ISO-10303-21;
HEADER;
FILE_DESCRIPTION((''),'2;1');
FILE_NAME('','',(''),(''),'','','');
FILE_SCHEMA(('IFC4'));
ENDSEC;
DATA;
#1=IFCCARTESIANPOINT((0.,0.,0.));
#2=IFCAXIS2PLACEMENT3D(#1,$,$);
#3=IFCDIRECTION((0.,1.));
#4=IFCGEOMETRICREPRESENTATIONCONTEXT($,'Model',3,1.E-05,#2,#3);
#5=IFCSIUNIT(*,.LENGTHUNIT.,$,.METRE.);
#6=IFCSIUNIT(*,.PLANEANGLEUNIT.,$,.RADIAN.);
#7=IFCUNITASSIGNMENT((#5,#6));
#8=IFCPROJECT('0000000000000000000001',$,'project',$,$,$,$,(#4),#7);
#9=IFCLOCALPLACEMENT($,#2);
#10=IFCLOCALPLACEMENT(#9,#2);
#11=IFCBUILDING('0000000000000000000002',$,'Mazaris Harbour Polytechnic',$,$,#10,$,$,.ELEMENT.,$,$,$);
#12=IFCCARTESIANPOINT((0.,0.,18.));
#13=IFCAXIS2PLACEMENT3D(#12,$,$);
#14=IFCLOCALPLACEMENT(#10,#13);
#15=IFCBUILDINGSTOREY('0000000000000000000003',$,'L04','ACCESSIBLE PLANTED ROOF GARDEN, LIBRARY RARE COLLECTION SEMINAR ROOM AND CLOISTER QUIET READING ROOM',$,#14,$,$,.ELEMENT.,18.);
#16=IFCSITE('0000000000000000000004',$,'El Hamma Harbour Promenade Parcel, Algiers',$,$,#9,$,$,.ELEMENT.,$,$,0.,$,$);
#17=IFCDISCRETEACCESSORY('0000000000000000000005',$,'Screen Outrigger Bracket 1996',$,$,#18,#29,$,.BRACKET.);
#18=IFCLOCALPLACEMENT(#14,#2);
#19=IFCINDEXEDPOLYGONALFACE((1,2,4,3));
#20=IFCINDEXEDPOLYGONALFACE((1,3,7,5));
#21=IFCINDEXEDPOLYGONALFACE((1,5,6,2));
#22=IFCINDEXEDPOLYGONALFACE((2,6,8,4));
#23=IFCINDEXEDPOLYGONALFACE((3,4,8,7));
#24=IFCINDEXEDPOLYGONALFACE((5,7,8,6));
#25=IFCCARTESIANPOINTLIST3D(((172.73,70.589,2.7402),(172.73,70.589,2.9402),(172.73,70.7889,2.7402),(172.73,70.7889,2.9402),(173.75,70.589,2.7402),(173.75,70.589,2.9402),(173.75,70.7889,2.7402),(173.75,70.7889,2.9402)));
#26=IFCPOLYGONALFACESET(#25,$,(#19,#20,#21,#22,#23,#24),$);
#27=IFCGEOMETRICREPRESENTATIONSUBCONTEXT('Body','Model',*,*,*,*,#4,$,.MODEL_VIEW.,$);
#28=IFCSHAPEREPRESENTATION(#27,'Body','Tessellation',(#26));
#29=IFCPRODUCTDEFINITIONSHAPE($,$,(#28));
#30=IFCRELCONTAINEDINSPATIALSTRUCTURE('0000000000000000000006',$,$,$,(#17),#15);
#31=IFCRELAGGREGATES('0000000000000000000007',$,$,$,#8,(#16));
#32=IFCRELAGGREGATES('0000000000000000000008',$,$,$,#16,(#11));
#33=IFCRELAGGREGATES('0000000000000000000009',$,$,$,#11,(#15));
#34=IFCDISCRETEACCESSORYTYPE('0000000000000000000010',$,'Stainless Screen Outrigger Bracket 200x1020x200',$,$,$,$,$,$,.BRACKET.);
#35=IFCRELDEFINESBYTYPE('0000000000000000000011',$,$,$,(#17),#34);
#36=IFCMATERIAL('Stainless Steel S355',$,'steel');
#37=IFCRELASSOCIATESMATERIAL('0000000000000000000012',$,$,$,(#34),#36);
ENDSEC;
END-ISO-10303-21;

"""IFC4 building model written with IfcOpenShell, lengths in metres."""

from ifc_helpers import new_model, si_unit, direction, frame, origin, origin_2d, place, context, subcontext, project, spatial, rectangle, extrude, material, type_object, element, save


model = new_model("IFC4")

# Units and contexts
model_context = context("Model", 3, precision=1e-05, world=origin(), true_north=direction((0.0, 1.0)))
body_context = subcontext(model_context, "Body", "Model", "MODEL_VIEW")
ifc_project = project(units=[si_unit("LENGTHUNIT", "METRE"), si_unit("PLANEANGLEUNIT", "RADIAN")], contexts=[model_context])

# Site, building, storey
site_placement = place(None, origin())
site = spatial("IfcSite", under=ifc_project, at=site_placement, Name="El Hamma Harbour Promenade Parcel, Algiers", CompositionType="ELEMENT", RefElevation=0.0)
building_placement = place(site_placement, origin())
building = spatial("IfcBuilding", under=site, at=building_placement, Name="Mazaris Harbour Polytechnic", CompositionType="ELEMENT")
storey_placement = place(building_placement, frame((0.0, 0.0, 18.0)))
storey = spatial("IfcBuildingStorey", under=building, at=storey_placement, Name="L04", Description="ACCESSIBLE PLANTED ROOF GARDEN, LIBRARY RARE COLLECTION SEMINAR ROOM AND CLOISTER QUIET READING ROOM", CompositionType="ELEMENT", Elevation=18.0)

# Discrete accessory
ifc_material_1 = material(Name="Stainless Steel S355", Category="steel")
discrete_accessory_type = type_object("IfcDiscreteAccessoryType", Name="Stainless Screen Outrigger Bracket 200x1020x200", PredefinedType="BRACKET", material=ifc_material_1)
for number, where, z_axis, x_axis, name in (
    (1, (173.24, 70.689, 2.7402), (0.0, 0.0, 1.0), (0.0, -1.0, 0.0), "Screen Outrigger Bracket 1996"),
):
    element("IfcDiscreteAccessory", number, at=place(storey_placement, frame(where, z_axis=z_axis, x_axis=x_axis)), inside=storey, type_object=discrete_accessory_type, Name=name, PredefinedType="BRACKET", context=body_context, shape_type="SweptSolid", body=[
        extrude(rectangle(XDim=0.2, YDim=1.02, at=origin_2d()), origin(), (0.0, 0.0, 1.0), 0.2),
    ])

save(model, "model.ifc")
